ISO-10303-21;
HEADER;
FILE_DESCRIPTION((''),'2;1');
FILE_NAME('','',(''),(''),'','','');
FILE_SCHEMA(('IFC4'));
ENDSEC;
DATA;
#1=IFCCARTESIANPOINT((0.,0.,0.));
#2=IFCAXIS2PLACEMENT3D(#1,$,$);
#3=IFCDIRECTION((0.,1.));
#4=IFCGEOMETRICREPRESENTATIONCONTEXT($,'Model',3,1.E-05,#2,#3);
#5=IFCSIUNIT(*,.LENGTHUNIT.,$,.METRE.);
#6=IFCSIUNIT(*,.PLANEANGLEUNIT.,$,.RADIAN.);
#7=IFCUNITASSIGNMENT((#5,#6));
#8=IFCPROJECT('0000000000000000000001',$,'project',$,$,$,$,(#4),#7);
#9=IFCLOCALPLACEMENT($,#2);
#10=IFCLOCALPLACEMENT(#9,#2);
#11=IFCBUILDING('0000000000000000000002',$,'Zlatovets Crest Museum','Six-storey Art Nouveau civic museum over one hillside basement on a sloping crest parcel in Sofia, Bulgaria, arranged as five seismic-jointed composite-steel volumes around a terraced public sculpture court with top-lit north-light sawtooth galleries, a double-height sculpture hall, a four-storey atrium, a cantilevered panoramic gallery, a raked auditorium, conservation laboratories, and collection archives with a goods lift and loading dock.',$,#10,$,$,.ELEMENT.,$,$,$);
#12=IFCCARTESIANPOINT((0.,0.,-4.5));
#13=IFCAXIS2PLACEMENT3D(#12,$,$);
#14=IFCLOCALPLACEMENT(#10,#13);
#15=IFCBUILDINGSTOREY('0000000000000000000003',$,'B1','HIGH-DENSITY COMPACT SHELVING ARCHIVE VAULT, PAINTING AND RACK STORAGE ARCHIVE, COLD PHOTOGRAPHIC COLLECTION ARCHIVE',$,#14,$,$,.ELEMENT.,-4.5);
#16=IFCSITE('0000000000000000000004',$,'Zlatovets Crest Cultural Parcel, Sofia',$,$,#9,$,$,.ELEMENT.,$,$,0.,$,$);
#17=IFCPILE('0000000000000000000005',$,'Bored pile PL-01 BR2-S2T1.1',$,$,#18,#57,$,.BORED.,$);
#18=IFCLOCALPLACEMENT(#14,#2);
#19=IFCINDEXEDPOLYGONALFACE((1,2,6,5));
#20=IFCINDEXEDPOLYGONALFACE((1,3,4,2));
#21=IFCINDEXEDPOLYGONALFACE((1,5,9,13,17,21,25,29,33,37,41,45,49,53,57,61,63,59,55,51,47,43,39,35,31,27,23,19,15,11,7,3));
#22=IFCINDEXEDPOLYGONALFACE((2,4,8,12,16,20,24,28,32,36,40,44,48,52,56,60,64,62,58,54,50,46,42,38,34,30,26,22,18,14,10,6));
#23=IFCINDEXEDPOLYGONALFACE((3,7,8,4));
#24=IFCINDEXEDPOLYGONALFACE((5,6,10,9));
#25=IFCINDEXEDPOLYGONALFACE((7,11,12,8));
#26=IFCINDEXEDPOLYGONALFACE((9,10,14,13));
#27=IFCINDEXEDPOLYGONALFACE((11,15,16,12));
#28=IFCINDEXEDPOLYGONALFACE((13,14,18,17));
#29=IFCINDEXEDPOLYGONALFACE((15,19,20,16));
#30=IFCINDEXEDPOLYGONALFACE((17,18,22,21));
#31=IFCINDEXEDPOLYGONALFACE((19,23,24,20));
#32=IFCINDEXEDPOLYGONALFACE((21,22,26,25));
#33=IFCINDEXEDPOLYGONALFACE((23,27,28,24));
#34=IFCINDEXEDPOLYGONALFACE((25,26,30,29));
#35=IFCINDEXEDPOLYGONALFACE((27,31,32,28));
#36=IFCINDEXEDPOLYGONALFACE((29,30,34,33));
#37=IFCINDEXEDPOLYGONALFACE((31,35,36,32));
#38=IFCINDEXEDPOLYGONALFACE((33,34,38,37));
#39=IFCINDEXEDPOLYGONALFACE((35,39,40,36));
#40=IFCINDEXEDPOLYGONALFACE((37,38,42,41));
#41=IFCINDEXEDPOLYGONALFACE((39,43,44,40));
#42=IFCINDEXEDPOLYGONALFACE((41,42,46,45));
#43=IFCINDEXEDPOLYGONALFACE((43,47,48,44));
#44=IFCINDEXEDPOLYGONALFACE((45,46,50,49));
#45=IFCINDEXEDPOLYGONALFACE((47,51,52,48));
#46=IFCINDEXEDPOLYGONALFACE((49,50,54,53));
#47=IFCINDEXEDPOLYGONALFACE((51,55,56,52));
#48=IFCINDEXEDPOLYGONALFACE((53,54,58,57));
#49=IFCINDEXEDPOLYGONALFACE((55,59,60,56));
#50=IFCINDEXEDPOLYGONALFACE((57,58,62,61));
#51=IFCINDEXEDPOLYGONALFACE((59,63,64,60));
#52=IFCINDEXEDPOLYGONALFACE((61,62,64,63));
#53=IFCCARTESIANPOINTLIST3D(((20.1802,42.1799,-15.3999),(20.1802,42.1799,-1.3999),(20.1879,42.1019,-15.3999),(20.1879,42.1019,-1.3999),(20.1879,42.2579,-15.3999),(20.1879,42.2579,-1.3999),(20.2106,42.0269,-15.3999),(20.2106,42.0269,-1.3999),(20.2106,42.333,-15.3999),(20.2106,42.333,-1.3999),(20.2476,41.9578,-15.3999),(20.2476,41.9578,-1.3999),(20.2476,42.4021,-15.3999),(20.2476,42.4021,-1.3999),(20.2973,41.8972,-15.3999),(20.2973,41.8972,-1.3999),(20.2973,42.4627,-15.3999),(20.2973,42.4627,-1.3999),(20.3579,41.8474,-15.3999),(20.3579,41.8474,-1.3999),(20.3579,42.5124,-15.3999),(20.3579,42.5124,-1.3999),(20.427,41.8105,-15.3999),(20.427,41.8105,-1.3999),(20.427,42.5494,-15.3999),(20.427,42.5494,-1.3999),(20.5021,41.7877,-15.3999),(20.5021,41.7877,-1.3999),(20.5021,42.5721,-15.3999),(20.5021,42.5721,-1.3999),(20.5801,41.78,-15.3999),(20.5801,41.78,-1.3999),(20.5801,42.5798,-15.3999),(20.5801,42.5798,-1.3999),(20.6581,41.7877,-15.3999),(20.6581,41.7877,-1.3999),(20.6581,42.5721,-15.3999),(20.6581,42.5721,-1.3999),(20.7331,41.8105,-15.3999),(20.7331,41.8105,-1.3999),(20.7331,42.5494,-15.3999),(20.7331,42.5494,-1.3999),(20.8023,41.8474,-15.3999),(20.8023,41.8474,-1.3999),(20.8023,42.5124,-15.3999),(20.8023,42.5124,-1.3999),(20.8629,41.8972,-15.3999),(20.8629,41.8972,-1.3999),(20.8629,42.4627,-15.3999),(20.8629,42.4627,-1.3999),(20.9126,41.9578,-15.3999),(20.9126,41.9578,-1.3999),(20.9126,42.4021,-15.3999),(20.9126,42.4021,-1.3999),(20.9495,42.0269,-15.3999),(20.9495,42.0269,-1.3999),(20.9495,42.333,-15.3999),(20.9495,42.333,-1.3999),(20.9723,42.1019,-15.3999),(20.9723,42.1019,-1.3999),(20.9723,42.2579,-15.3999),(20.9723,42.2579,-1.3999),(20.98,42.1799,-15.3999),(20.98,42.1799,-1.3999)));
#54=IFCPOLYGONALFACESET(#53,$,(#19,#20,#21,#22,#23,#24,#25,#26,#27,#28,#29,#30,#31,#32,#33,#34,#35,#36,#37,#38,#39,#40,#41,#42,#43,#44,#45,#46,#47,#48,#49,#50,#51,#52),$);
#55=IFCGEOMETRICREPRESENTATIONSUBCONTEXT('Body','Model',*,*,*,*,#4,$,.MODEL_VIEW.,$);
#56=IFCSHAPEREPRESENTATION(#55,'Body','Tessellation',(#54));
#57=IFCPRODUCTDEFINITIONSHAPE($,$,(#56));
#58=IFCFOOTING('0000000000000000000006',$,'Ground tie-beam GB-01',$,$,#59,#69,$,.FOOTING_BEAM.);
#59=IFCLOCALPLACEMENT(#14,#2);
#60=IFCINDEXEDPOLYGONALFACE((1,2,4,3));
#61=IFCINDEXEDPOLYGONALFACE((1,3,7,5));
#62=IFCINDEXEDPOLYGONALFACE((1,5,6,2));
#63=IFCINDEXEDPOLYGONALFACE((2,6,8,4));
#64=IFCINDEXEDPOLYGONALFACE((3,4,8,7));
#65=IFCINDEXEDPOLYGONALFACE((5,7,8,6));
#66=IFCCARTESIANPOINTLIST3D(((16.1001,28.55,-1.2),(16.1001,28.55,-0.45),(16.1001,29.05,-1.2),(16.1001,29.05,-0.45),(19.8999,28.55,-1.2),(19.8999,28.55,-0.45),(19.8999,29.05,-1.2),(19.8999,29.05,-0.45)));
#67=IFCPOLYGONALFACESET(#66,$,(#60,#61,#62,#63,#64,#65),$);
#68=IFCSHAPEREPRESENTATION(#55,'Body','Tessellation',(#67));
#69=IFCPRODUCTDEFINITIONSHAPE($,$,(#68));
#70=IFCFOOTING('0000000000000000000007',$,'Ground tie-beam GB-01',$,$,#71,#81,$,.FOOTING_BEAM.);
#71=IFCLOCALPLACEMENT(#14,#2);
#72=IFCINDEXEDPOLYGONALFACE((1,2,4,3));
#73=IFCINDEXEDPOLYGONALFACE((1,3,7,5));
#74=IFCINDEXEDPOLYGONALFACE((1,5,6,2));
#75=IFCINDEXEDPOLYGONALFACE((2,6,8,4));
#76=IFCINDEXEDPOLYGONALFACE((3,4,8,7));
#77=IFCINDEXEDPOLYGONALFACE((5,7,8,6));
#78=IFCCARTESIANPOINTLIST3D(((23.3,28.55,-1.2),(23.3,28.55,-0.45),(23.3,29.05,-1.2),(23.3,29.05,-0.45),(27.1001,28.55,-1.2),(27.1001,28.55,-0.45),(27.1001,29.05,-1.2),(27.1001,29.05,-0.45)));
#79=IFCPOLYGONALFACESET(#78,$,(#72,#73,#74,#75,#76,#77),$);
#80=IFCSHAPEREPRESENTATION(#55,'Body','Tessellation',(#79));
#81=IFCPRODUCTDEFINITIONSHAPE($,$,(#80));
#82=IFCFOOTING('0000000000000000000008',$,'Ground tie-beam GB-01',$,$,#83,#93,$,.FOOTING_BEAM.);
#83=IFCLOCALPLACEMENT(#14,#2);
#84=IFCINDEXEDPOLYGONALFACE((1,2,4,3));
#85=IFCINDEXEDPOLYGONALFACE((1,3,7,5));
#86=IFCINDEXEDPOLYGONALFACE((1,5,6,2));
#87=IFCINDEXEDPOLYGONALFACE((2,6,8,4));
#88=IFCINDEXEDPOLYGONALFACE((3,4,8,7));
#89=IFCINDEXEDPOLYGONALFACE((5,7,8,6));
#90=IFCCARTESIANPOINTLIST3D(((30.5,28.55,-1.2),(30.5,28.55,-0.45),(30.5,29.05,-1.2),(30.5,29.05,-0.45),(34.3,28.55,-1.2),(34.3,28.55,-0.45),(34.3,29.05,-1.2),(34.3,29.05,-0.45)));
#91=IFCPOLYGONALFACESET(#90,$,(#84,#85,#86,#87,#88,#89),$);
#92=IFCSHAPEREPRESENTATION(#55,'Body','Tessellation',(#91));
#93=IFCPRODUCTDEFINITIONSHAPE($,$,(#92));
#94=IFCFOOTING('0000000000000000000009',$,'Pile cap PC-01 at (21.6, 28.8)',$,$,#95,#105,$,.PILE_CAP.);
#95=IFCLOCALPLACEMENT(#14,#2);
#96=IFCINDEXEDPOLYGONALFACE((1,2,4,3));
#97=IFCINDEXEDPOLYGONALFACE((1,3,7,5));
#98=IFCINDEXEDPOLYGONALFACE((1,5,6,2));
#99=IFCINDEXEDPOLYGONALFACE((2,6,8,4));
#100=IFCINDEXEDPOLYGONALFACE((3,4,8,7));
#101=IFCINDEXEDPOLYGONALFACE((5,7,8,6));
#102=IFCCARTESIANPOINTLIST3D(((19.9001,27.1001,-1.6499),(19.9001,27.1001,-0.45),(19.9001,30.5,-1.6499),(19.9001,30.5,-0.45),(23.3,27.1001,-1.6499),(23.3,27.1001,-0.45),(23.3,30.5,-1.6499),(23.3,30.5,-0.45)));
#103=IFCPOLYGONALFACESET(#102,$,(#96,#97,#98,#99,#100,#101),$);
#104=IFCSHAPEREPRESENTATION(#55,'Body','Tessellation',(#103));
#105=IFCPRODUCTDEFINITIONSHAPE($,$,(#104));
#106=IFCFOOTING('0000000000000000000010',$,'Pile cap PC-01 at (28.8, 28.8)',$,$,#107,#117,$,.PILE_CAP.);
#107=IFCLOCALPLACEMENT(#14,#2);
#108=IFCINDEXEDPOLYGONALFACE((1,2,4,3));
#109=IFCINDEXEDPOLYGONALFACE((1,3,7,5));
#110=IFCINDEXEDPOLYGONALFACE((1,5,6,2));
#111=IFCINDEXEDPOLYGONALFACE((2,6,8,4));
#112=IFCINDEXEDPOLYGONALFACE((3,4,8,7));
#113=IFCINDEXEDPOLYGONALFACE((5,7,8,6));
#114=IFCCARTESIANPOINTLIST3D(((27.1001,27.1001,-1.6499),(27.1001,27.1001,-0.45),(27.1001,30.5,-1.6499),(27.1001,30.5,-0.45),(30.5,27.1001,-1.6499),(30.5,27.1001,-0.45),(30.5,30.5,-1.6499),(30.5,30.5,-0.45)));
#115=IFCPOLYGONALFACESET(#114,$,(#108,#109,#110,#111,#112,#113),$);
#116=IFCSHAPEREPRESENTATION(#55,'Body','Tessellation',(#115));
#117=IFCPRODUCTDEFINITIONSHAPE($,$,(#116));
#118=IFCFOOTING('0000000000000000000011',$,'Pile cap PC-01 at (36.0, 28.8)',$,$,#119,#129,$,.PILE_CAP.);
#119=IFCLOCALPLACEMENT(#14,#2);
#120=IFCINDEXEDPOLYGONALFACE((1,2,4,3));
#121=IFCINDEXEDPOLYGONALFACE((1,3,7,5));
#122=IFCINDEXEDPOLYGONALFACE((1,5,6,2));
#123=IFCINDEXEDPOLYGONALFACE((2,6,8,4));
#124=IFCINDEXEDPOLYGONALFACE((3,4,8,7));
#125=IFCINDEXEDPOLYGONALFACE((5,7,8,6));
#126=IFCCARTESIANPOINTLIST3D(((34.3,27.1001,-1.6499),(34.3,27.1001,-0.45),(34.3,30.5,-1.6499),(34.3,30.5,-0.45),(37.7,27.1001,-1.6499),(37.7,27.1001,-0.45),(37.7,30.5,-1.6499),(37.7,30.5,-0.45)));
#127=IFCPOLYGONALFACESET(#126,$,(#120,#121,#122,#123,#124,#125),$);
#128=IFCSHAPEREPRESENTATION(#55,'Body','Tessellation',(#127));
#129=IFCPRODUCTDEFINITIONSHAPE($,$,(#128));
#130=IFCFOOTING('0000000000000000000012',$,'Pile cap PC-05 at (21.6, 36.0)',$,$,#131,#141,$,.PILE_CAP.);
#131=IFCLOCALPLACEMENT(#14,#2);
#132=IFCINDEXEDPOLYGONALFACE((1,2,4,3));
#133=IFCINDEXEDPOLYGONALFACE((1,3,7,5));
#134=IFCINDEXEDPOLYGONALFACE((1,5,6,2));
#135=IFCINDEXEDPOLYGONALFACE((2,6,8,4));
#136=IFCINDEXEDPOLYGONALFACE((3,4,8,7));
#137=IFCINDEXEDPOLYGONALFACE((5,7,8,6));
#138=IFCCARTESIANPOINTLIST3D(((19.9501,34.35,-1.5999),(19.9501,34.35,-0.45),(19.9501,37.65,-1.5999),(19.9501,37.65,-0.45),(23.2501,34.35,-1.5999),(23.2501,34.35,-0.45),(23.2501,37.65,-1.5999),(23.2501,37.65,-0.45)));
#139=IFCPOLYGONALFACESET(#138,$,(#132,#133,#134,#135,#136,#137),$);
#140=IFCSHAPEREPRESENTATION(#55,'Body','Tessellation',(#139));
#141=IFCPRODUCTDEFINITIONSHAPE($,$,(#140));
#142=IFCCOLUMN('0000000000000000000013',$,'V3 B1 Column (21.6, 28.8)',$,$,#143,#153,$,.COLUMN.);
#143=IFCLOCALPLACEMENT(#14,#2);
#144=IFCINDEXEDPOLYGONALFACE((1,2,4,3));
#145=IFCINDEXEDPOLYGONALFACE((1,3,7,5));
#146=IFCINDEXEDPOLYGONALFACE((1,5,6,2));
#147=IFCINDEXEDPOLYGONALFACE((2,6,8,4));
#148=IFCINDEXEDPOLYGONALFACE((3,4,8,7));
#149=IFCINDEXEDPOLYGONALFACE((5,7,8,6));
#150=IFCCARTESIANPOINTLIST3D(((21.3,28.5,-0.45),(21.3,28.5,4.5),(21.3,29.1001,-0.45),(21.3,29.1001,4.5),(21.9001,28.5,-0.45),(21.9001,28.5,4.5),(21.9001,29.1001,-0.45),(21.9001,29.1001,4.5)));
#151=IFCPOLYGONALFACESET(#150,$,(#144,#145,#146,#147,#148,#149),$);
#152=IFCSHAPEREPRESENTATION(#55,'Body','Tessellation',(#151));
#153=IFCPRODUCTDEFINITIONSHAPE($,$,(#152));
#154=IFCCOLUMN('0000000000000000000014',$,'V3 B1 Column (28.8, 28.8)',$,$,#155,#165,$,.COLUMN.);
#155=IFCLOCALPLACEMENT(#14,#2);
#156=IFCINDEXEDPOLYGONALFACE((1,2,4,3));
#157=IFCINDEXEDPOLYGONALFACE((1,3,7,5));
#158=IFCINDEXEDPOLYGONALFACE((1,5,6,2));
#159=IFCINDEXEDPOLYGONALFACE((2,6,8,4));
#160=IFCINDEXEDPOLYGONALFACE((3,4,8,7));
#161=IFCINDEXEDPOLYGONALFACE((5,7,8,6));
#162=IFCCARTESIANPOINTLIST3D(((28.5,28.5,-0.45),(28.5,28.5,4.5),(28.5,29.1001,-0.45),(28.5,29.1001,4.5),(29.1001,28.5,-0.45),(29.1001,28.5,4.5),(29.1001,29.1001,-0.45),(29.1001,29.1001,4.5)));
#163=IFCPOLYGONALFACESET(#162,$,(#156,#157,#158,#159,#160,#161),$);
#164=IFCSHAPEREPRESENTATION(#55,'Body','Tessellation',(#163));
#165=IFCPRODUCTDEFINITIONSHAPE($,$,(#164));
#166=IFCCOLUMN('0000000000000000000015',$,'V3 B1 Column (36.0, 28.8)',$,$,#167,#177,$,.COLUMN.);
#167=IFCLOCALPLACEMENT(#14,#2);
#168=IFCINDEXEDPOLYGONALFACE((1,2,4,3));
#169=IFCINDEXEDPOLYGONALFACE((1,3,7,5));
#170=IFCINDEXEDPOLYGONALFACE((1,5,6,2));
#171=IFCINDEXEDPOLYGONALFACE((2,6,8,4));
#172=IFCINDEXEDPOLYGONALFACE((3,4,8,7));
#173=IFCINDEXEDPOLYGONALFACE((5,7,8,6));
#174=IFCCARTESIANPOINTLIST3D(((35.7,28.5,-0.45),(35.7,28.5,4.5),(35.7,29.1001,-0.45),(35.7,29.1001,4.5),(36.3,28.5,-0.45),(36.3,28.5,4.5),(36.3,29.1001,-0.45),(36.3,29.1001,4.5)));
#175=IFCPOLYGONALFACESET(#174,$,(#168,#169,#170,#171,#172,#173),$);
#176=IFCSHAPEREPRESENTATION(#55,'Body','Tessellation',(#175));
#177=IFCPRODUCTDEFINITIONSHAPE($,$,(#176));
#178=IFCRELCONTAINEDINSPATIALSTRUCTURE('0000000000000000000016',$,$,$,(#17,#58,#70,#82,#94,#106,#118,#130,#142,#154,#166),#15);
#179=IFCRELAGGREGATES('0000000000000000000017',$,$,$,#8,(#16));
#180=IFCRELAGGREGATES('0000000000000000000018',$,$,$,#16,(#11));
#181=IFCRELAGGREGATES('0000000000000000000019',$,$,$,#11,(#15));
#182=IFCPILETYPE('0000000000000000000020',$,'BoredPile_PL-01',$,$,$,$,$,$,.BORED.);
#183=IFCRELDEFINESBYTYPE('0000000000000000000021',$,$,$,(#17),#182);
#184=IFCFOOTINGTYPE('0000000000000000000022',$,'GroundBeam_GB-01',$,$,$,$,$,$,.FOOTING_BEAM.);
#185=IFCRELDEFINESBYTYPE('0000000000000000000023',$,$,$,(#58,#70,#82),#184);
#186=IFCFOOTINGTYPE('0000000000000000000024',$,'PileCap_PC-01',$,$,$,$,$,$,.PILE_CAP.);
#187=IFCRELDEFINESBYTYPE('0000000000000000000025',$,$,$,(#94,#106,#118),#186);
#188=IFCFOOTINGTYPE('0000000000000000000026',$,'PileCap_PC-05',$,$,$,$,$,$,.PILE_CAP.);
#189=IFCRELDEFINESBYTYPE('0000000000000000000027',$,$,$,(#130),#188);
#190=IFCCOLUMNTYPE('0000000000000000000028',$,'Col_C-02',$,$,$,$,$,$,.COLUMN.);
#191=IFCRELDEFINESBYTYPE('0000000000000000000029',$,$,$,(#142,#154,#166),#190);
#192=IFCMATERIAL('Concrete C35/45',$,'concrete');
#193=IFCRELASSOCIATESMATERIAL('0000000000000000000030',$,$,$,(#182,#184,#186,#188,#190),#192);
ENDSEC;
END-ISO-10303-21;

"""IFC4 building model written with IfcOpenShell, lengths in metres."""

from ifc_helpers import new_model, si_unit, direction, frame, origin, origin_2d, place, context, subcontext, project, spatial, rectangle, circle, extrude, material, material_profile, profile_set, type_object, element, save


model = new_model("IFC4")

# Units and contexts
model_context = context("Model", 3, precision=1e-05, world=origin(), true_north=direction((0.0, 1.0)))
body_context = subcontext(model_context, "Body", "Model", "MODEL_VIEW")
ifc_project = project(units=[si_unit("LENGTHUNIT", "METRE"), si_unit("PLANEANGLEUNIT", "RADIAN")], contexts=[model_context])

# Site, building, storey
site_placement = place(None, origin())
site = spatial("IfcSite", under=ifc_project, at=site_placement, Name="Zlatovets Crest Cultural Parcel, Sofia", CompositionType="ELEMENT", RefElevation=0.0)
building_placement = place(site_placement, origin())
building = spatial("IfcBuilding", under=site, at=building_placement, Name="Zlatovets Crest Museum", Description="Six-storey Art Nouveau civic museum over one hillside basement on a sloping crest parcel in Sofia, Bulgaria, arranged as five seismic-jointed composite-steel volumes around a terraced public sculpture court with top-lit north-light sawtooth galleries, a double-height sculpture hall, a four-storey atrium, a cantilevered panoramic gallery, a raked auditorium, conservation laboratories, and collection archives with a goods lift and loading dock.", CompositionType="ELEMENT")
storey_placement = place(building_placement, frame((0.0, 0.0, -4.5)))
storey = spatial("IfcBuildingStorey", under=building, at=storey_placement, Name="B1", Description="HIGH-DENSITY COMPACT SHELVING ARCHIVE VAULT, PAINTING AND RACK STORAGE ARCHIVE, COLD PHOTOGRAPHIC COLLECTION ARCHIVE", CompositionType="ELEMENT", Elevation=-4.5)

# Pile
ifc_material_1 = material(Name="Concrete C35/45", Category="concrete")
ifc_material_profile_1 = material_profile(ifc_material_1, circle(Radius=0.3999, at=origin_2d()), Name="PILE D800")
ifc_profile_set_1 = profile_set([ifc_material_profile_1], Name="Concrete C35/45")
pile_type = type_object("IfcPileType", Name="BoredPile_PL-01", PredefinedType="BORED", material=ifc_profile_set_1)
for number, where, z_axis, x_axis, name in (
    (1, (20.5801, 42.1799, -1.3999), (0.0, 0.0, -1.0), (1.0, 0.0, 0.0), "Bored pile PL-01 BR2-S2T1.1"),
):
    element("IfcPile", number, at=place(storey_placement, frame(where, z_axis=z_axis, x_axis=x_axis)), inside=storey, type_object=pile_type, Name=name, PredefinedType="BORED", context=body_context, shape_type="SweptSolid", body=[
        extrude(circle(Radius=0.3999, at=origin_2d()), origin(), (0.0, 0.0, 1.0), 14.0),
    ])

# Footings
ifc_material_profile_2 = material_profile(ifc_material_1, rectangle(XDim=0.5, YDim=0.75, at=origin_2d()), Name="RC 500x750")
ifc_profile_set_2 = profile_set([ifc_material_profile_2], Name="Concrete C35/45")
footing_type_1 = type_object("IfcFootingType", Name="GroundBeam_GB-01", PredefinedType="FOOTING_BEAM", material=ifc_profile_set_2)
footing_1_placement = place(storey_placement, frame((16.1001, 28.8, -0.825), z_axis=(1.0, 0.0, 0.0), x_axis=(0.0, 1.0, 0.0)))
element("IfcFooting", 2, at=footing_1_placement, inside=storey, type_object=footing_type_1, Name="Ground tie-beam GB-01", PredefinedType="FOOTING_BEAM", context=body_context, shape_type="SweptSolid", body=[
    extrude(rectangle(XDim=0.5, YDim=0.75, at=origin_2d()), origin(), (0.0, 0.0, 1.0), 3.7998),
])
for number, where, z_axis, x_axis, name in (
    (3, (23.3, 28.8, -0.825), (1.0, 0.0, 0.0), (0.0, 1.0, 0.0), "Ground tie-beam GB-01"),
    (4, (30.5, 28.8, -0.825), (1.0, 0.0, 0.0), (0.0, 1.0, 0.0), "Ground tie-beam GB-01"),
):
    element("IfcFooting", number, at=place(storey_placement, frame(where, z_axis=z_axis, x_axis=x_axis)), inside=storey, type_object=footing_type_1, Name=name, PredefinedType="FOOTING_BEAM", context=body_context, shape_type="SweptSolid", body=[
        extrude(rectangle(XDim=0.5, YDim=0.75, at=origin_2d()), origin(), (0.0, 0.0, 1.0), 3.8),
    ])
footing_type_2 = type_object("IfcFootingType", Name="PileCap_PC-01", PredefinedType="PILE_CAP", material=ifc_material_1)
for number, where, z_axis, x_axis, name in (
    (5, (21.6001, 28.8, -1.6499), (0.0, 0.0, 1.0), (1.0, 0.0, 0.0), "Pile cap PC-01 at (21.6, 28.8)"),
    (6, (28.8, 28.8, -1.6499), (0.0, 0.0, 1.0), (1.0, 0.0, 0.0), "Pile cap PC-01 at (28.8, 28.8)"),
    (7, (36.0, 28.8, -1.6499), (0.0, 0.0, 1.0), (1.0, 0.0, 0.0), "Pile cap PC-01 at (36.0, 28.8)"),
):
    element("IfcFooting", number, at=place(storey_placement, frame(where, z_axis=z_axis, x_axis=x_axis)), inside=storey, type_object=footing_type_2, Name=name, PredefinedType="PILE_CAP", context=body_context, shape_type="SweptSolid", body=[
        extrude(rectangle(XDim=3.3999, YDim=3.3999, at=origin_2d()), origin(), (0.0, 0.0, 1.0), 1.2),
    ])
footing_type_3 = type_object("IfcFootingType", Name="PileCap_PC-05", PredefinedType="PILE_CAP", material=ifc_material_1)
footing_2_placement = place(storey_placement, frame((21.6001, 36.0, -1.5999), z_axis=(0.0, 0.0, 1.0), x_axis=(1.0, 0.0, 0.0)))
element("IfcFooting", 8, at=footing_2_placement, inside=storey, type_object=footing_type_3, Name="Pile cap PC-05 at (21.6, 36.0)", PredefinedType="PILE_CAP", context=body_context, shape_type="SweptSolid", body=[
    extrude(rectangle(XDim=3.3, YDim=3.3, at=origin_2d()), origin(), (0.0, 0.0, 1.0), 1.1499),
])

# Columns
ifc_material_profile_3 = material_profile(ifc_material_1, rectangle(XDim=0.6001, YDim=0.6001, at=origin_2d()), Name="RC 600x600")
ifc_profile_set_3 = profile_set([ifc_material_profile_3], Name="Concrete C35/45")
column_type_1 = type_object("IfcColumnType", Name="Col_C-02", PredefinedType="COLUMN", material=ifc_profile_set_3)
for number, where, z_axis, x_axis, name in (
    (9, (21.6001, 28.8, -0.45), (0.0, 0.0, 1.0), (0.0, 1.0, 0.0), "V3 B1 Column (21.6, 28.8)"),
    (10, (28.8, 28.8, -0.45), (0.0, 0.0, 1.0), (1.0, 0.0, 0.0), "V3 B1 Column (28.8, 28.8)"),
    (11, (36.0, 28.8, -0.45), (0.0, 0.0, 1.0), (0.0, 1.0, 0.0), "V3 B1 Column (36.0, 28.8)"),
):
    element("IfcColumn", number, at=place(storey_placement, frame(where, z_axis=z_axis, x_axis=x_axis)), inside=storey, type_object=column_type_1, Name=name, PredefinedType="COLUMN", context=body_context, shape_type="SweptSolid", body=[
        extrude(rectangle(XDim=0.6001, YDim=0.6001, at=origin_2d()), origin(), (0.0, 0.0, 1.0), 4.95),
    ])

save(model, "model.ifc")
